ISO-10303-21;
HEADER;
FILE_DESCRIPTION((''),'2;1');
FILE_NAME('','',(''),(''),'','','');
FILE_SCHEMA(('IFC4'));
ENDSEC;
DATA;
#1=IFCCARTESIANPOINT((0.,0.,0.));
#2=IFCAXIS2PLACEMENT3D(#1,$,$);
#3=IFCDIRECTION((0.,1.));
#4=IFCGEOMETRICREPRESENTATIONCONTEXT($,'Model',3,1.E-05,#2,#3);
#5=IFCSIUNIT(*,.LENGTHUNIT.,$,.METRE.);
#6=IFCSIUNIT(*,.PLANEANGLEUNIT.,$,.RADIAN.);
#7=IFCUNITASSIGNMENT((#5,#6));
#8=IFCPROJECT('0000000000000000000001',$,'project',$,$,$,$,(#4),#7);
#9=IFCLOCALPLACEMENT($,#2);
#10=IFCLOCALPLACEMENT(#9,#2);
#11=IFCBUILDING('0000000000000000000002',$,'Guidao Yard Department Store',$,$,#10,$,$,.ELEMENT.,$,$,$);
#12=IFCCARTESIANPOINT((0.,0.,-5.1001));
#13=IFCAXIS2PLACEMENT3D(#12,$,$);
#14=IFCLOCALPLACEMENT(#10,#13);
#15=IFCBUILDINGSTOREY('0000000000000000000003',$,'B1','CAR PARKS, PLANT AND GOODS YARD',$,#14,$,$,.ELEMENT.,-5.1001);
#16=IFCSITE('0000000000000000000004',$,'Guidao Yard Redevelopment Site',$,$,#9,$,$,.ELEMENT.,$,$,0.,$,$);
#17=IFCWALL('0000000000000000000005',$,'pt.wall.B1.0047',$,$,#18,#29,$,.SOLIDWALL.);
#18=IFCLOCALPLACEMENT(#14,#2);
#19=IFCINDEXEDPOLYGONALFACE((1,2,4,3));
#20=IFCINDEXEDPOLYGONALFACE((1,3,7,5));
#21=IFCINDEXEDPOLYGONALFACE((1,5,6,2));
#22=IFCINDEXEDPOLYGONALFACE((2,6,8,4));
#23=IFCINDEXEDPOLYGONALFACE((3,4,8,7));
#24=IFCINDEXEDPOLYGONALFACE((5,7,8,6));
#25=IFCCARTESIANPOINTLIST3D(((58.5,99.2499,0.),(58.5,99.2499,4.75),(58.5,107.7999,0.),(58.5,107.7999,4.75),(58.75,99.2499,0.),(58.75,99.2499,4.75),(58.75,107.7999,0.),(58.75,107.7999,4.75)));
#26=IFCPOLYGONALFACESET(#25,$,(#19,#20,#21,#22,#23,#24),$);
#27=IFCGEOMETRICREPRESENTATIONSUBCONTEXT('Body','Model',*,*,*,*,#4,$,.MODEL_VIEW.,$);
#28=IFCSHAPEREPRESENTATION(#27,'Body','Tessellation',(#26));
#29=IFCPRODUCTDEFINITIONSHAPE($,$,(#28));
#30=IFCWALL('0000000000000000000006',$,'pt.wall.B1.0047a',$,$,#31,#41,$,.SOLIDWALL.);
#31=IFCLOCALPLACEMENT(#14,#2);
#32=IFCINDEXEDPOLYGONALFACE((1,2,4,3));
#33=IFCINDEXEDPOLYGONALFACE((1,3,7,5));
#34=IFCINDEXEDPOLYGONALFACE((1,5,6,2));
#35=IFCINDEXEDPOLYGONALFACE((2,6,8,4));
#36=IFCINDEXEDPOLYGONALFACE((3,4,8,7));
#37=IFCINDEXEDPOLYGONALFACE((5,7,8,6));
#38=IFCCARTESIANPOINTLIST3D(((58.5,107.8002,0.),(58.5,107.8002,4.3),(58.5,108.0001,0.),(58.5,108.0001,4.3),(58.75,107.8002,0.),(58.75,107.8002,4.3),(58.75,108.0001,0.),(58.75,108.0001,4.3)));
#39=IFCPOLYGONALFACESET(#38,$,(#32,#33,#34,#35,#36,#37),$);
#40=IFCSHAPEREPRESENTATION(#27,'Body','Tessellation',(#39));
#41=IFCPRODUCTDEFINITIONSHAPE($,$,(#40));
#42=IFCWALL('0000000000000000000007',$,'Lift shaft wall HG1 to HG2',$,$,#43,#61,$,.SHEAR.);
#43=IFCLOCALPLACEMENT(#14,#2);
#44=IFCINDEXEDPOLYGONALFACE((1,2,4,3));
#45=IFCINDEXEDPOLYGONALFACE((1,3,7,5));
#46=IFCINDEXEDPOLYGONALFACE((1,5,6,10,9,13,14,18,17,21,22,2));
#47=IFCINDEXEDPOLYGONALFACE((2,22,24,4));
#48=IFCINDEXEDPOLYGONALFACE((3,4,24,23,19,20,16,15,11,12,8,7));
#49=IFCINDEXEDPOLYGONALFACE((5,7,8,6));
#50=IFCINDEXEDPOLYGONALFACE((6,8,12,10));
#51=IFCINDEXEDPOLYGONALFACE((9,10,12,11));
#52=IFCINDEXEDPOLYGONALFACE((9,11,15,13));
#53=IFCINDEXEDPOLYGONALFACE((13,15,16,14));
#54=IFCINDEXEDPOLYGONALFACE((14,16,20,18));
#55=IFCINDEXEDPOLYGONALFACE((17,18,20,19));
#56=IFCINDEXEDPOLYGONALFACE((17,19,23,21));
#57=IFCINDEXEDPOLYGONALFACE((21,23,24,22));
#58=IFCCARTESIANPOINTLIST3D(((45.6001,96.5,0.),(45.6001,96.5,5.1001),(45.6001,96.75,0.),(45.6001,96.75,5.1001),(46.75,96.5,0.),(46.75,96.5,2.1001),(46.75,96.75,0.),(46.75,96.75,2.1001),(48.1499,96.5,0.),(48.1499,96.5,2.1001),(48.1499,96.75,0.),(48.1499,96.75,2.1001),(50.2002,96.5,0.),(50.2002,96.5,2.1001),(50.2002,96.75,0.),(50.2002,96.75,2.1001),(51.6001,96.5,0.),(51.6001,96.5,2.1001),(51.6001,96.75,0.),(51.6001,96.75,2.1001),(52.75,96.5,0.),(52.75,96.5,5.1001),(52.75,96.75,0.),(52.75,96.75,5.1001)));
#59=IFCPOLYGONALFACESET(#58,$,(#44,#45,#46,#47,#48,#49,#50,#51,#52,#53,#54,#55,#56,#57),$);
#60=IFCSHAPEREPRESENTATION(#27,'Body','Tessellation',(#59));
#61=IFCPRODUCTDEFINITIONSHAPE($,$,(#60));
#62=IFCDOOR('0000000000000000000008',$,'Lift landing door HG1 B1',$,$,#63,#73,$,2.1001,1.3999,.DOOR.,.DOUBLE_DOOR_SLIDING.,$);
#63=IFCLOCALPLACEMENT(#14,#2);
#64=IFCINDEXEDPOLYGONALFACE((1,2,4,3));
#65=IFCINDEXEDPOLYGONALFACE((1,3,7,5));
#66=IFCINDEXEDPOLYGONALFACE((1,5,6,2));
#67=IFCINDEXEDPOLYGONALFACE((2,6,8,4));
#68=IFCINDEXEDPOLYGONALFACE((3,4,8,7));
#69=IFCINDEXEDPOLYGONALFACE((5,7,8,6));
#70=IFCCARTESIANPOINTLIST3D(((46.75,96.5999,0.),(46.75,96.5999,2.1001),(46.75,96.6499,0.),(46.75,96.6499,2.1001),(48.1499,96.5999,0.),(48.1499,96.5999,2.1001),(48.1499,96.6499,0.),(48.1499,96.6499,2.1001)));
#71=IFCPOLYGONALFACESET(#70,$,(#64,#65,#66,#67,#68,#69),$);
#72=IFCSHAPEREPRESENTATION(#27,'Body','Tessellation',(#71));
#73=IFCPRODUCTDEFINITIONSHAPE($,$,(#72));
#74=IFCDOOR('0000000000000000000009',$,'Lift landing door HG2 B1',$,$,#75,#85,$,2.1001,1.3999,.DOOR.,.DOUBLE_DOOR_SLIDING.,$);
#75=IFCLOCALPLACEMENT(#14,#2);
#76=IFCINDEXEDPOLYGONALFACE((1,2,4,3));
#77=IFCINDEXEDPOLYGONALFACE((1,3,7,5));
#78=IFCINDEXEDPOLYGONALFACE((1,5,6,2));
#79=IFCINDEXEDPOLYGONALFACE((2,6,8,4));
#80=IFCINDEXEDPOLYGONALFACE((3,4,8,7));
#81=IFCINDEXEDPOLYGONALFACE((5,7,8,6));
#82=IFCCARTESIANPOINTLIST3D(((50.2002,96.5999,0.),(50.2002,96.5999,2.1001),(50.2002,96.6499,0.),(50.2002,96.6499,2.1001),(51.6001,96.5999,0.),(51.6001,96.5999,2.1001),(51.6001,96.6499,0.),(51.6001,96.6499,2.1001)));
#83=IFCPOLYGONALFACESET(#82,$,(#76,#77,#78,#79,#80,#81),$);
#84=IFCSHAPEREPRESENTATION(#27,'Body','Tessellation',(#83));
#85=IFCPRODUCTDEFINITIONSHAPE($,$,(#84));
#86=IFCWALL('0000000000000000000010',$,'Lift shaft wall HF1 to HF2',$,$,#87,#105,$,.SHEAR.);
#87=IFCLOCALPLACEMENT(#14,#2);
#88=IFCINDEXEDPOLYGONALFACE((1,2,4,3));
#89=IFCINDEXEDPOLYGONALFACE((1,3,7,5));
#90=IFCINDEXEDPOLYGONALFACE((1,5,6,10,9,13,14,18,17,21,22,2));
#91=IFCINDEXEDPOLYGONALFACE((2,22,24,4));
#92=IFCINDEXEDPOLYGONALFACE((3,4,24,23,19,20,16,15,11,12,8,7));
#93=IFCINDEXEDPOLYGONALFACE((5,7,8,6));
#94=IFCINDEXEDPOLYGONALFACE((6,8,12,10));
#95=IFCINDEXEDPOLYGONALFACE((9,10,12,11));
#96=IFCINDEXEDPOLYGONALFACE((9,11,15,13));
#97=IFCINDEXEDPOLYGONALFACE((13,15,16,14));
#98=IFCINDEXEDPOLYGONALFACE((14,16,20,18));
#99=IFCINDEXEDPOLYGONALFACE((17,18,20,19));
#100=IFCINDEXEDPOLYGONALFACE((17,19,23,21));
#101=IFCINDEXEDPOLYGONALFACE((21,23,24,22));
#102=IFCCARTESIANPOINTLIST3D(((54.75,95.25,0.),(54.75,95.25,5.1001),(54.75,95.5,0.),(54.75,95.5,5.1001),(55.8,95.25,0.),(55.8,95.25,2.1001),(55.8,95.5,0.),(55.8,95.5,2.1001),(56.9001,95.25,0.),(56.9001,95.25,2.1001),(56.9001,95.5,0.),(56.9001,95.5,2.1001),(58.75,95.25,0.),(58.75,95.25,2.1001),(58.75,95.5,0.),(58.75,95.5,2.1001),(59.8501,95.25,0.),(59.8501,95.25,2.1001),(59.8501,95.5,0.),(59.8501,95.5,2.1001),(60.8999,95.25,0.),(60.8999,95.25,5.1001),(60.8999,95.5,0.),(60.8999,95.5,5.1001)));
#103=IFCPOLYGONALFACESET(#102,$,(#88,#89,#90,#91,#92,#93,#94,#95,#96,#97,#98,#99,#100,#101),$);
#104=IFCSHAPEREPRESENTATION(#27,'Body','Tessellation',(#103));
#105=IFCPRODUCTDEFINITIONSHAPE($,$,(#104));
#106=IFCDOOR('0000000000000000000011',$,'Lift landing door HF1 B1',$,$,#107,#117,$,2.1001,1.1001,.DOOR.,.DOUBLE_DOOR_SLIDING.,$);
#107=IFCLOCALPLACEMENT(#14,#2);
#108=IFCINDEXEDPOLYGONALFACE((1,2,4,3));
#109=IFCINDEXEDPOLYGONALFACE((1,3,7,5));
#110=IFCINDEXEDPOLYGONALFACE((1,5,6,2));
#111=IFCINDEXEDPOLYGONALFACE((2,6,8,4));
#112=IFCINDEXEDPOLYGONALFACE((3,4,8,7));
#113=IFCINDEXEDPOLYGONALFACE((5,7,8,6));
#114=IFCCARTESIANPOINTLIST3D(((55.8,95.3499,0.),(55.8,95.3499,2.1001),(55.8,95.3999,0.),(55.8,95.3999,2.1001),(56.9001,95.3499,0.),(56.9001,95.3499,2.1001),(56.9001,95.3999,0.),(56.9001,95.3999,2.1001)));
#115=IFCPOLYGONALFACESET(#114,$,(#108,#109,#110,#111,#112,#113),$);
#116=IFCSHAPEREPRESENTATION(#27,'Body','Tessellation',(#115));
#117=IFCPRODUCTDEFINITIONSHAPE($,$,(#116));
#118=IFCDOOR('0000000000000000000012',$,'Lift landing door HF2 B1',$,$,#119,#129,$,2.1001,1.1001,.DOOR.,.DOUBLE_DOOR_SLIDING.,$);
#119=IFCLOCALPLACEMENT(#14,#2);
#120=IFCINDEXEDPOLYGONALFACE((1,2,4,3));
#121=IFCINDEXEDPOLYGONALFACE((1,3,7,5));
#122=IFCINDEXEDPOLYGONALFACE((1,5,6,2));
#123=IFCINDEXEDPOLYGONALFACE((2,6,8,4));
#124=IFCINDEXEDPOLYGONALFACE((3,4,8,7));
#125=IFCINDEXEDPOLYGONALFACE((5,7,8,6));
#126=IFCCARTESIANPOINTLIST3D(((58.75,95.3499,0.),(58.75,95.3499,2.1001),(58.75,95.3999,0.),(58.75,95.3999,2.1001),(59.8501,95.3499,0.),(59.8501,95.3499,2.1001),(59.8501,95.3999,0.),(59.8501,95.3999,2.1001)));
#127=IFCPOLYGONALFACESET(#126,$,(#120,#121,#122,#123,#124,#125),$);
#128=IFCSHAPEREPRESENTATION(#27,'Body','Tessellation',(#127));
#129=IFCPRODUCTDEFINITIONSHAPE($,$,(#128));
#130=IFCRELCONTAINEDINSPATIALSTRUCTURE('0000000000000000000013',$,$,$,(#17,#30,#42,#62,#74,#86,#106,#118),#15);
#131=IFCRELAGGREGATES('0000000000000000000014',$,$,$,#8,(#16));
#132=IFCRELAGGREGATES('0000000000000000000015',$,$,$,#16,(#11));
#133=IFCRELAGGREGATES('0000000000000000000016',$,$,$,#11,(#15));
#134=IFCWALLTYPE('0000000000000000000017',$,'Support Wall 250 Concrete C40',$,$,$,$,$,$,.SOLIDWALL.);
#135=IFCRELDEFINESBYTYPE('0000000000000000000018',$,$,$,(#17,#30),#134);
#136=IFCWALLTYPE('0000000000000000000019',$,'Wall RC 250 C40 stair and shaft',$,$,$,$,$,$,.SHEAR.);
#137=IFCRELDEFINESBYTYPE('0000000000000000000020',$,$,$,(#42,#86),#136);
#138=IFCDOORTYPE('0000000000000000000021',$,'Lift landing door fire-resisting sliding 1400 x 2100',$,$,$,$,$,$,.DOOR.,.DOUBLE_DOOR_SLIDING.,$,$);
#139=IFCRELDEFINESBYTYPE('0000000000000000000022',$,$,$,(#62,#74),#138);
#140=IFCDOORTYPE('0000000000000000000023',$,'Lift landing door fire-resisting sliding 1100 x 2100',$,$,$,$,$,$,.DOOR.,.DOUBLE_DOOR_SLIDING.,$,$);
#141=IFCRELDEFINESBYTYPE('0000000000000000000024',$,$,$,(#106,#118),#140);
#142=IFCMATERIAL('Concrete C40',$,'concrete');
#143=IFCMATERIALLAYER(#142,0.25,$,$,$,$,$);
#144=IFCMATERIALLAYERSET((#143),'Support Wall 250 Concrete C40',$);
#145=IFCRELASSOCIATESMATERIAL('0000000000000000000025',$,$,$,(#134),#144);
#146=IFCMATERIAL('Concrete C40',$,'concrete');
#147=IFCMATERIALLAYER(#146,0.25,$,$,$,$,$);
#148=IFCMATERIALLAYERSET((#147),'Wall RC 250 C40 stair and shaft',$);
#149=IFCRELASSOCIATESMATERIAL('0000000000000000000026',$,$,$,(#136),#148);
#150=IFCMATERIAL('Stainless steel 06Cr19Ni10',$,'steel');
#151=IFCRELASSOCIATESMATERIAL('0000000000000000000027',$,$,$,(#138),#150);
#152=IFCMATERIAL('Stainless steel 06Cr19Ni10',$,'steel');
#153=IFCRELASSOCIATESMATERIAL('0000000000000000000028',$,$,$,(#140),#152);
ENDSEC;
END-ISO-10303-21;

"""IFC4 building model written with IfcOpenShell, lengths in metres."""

from ifc_helpers import new_model, si_unit, direction, frame, frame_2d, origin, place, context, subcontext, project, spatial, rectangle, extrude, material, layer, layer_set, type_object, element, fill, save


model = new_model("IFC4")

# Units and contexts
model_context = context("Model", 3, precision=1e-05, world=origin(), true_north=direction((0.0, 1.0)))
body_context = subcontext(model_context, "Body", "Model", "MODEL_VIEW")
ifc_project = project(units=[si_unit("LENGTHUNIT", "METRE"), si_unit("PLANEANGLEUNIT", "RADIAN")], contexts=[model_context])

# Site, building, storey
site_placement = place(None, origin())
site = spatial("IfcSite", under=ifc_project, at=site_placement, Name="Guidao Yard Redevelopment Site", CompositionType="ELEMENT", RefElevation=0.0)
building_placement = place(site_placement, origin())
building = spatial("IfcBuilding", under=site, at=building_placement, Name="Guidao Yard Department Store", CompositionType="ELEMENT")
storey_placement = place(building_placement, frame((0.0, 0.0, -5.1001)))
storey = spatial("IfcBuildingStorey", under=building, at=storey_placement, Name="B1", Description="CAR PARKS, PLANT AND GOODS YARD", CompositionType="ELEMENT", Elevation=-5.1001)

# Walls
ifc_material_1 = material(Name="Concrete C40", Category="concrete")
ifc_layer_1 = layer(ifc_material_1, 0.25)
ifc_layer_set_1 = layer_set([ifc_layer_1], Name="Support Wall 250 Concrete C40")
wall_type_1 = type_object("IfcWallType", Name="Support Wall 250 Concrete C40", PredefinedType="SOLIDWALL", material=ifc_layer_set_1)
wall_1_placement = place(storey_placement, frame((58.625, 99.25, 0.0), z_axis=(0.0, 0.0, 1.0), x_axis=(0.0, 1.0, 0.0)))
element("IfcWall", 1, at=wall_1_placement, inside=storey, type_object=wall_type_1, Name="pt.wall.B1.0047", PredefinedType="SOLIDWALL", context=body_context, shape_type="SweptSolid", body=[
    extrude(rectangle(XDim=8.55, YDim=0.25, at=frame_2d((4.2749, 0.0))), origin(), (0.0, 0.0, 1.0), 4.75),
])
wall_2_placement = place(storey_placement, frame((58.625, 107.8, 0.0), z_axis=(0.0, 0.0, 1.0), x_axis=(0.0, 1.0, 0.0)))
element("IfcWall", 2, at=wall_2_placement, inside=storey, type_object=wall_type_1, Name="pt.wall.B1.0047a", PredefinedType="SOLIDWALL", context=body_context, shape_type="SweptSolid", body=[
    extrude(rectangle(XDim=0.2, YDim=0.25, at=frame_2d((0.1001, 0.0))), origin(), (0.0, 0.0, 1.0), 4.3),
])

# Walls, openings, doors
ifc_material_2 = material(Name="Concrete C40", Category="concrete")
ifc_layer_2 = layer(ifc_material_2, 0.25)
ifc_layer_set_2 = layer_set([ifc_layer_2], Name="Wall RC 250 C40 stair and shaft")
wall_type_2 = type_object("IfcWallType", Name="Wall RC 250 C40 stair and shaft", PredefinedType="SHEAR", material=ifc_layer_set_2)
wall_3_placement = place(storey_placement, frame((45.6001, 96.625, 0.0), z_axis=(0.0, 0.0, 1.0), x_axis=(1.0, 0.0, 0.0)))
wall_3 = element("IfcWall", 3, at=wall_3_placement, inside=storey, type_object=wall_type_2, Name="Lift shaft wall HG1 to HG2", PredefinedType="SHEAR", context=body_context, shape_type="SweptSolid", body=[
    extrude(rectangle(XDim=7.1499, YDim=0.25, at=frame_2d((3.575, 0.0))), origin(), (0.0, 0.0, 1.0), 5.1001),
])
opening_1_placement = place(wall_3_placement, frame((1.1499, 0.0, 0.0)))
opening_1 = element("IfcOpeningElement", 4, at=opening_1_placement, cuts=wall_3, PredefinedType="OPENING", context=body_context, shape_type="SweptSolid", body=[
    extrude(rectangle(XDim=1.3999, YDim=2.1001, at=frame_2d((0.7, 1.05))), frame((0.0, 0.135, 0.0), z_axis=(0.0, -1.0, 0.0), x_axis=(1.0, 0.0, 0.0)), (0.0, 0.0, 1.0), 0.27),
])
opening_2_placement = place(wall_3_placement, frame((4.6001, 0.0, 0.0)))
opening_2 = element("IfcOpeningElement", 5, at=opening_2_placement, cuts=wall_3, PredefinedType="OPENING", context=body_context, shape_type="SweptSolid", body=[
    extrude(rectangle(XDim=1.3999, YDim=2.1001, at=frame_2d((0.7, 1.05))), frame((0.0, 0.135, 0.0), z_axis=(0.0, -1.0, 0.0), x_axis=(1.0, 0.0, 0.0)), (0.0, 0.0, 1.0), 0.27),
])
ifc_material_3 = material(Name="Stainless steel 06Cr19Ni10", Category="steel")
door_type_1 = type_object("IfcDoorType", Name="Lift landing door fire-resisting sliding 1400 x 2100", OperationType="DOUBLE_DOOR_SLIDING", PredefinedType="DOOR", material=ifc_material_3)
door_1_placement = place(opening_1_placement, origin())
door_1 = element("IfcDoor", 6, at=door_1_placement, inside=storey, type_object=door_type_1, Name="Lift landing door HG1 B1", OperationType="DOUBLE_DOOR_SLIDING", OverallHeight=2.1001, OverallWidth=1.3999, PredefinedType="DOOR", context=body_context, shape_type="SweptSolid", body=[
    extrude(rectangle(XDim=1.3999, YDim=2.1001, at=frame_2d((0.7, 1.05))), frame((0.0, 0.0249, 0.0), z_axis=(0.0, -1.0, 0.0), x_axis=(1.0, 0.0, 0.0)), (0.0, 0.0, 1.0), 0.05),
])
fill(opening_1, door_1)
door_2_placement = place(opening_2_placement, origin())
door_2 = element("IfcDoor", 7, at=door_2_placement, inside=storey, type_object=door_type_1, Name="Lift landing door HG2 B1", OperationType="DOUBLE_DOOR_SLIDING", OverallHeight=2.1001, OverallWidth=1.3999, PredefinedType="DOOR", context=body_context, shape_type="SweptSolid", body=[
    extrude(rectangle(XDim=1.3999, YDim=2.1001, at=frame_2d((0.7, 1.05))), frame((0.0, 0.0249, 0.0), z_axis=(0.0, -1.0, 0.0), x_axis=(1.0, 0.0, 0.0)), (0.0, 0.0, 1.0), 0.05),
])
fill(opening_2, door_2)
wall_4_placement = place(storey_placement, frame((54.75, 95.375, 0.0), z_axis=(0.0, 0.0, 1.0), x_axis=(1.0, 0.0, 0.0)))
wall_4 = element("IfcWall", 8, at=wall_4_placement, inside=storey, type_object=wall_type_2, Name="Lift shaft wall HF1 to HF2", PredefinedType="SHEAR", context=body_context, shape_type="SweptSolid", body=[
    extrude(rectangle(XDim=6.1499, YDim=0.25, at=frame_2d((3.075, 0.0))), origin(), (0.0, 0.0, 1.0), 5.1001),
])
opening_3_placement = place(wall_4_placement, frame((1.05, 0.0, 0.0)))
opening_3 = element("IfcOpeningElement", 9, at=opening_3_placement, cuts=wall_4, PredefinedType="OPENING", context=body_context, shape_type="SweptSolid", body=[
    extrude(rectangle(XDim=1.1001, YDim=2.1001, at=frame_2d((0.55, 1.05))), frame((0.0, 0.135, 0.0), z_axis=(0.0, -1.0, 0.0), x_axis=(1.0, 0.0, 0.0)), (0.0, 0.0, 1.0), 0.27),
])
opening_4_placement = place(wall_4_placement, frame((4.0, 0.0, 0.0)))
opening_4 = element("IfcOpeningElement", 10, at=opening_4_placement, cuts=wall_4, PredefinedType="OPENING", context=body_context, shape_type="SweptSolid", body=[
    extrude(rectangle(XDim=1.1001, YDim=2.1001, at=frame_2d((0.55, 1.05))), frame((0.0, 0.135, 0.0), z_axis=(0.0, -1.0, 0.0), x_axis=(1.0, 0.0, 0.0)), (0.0, 0.0, 1.0), 0.27),
])
ifc_material_4 = material(Name="Stainless steel 06Cr19Ni10", Category="steel")
door_type_2 = type_object("IfcDoorType", Name="Lift landing door fire-resisting sliding 1100 x 2100", OperationType="DOUBLE_DOOR_SLIDING", PredefinedType="DOOR", material=ifc_material_4)
door_3_placement = place(opening_3_placement, origin())
door_3 = element("IfcDoor", 11, at=door_3_placement, inside=storey, type_object=door_type_2, Name="Lift landing door HF1 B1", OperationType="DOUBLE_DOOR_SLIDING", OverallHeight=2.1001, OverallWidth=1.1001, PredefinedType="DOOR", context=body_context, shape_type="SweptSolid", body=[
    extrude(rectangle(XDim=1.1001, YDim=2.1001, at=frame_2d((0.55, 1.05))), frame((0.0, 0.0249, 0.0), z_axis=(0.0, -1.0, 0.0), x_axis=(1.0, 0.0, 0.0)), (0.0, 0.0, 1.0), 0.05),
])
fill(opening_3, door_3)
door_4_placement = place(opening_4_placement, origin())
door_4 = element("IfcDoor", 12, at=door_4_placement, inside=storey, type_object=door_type_2, Name="Lift landing door HF2 B1", OperationType="DOUBLE_DOOR_SLIDING", OverallHeight=2.1001, OverallWidth=1.1001, PredefinedType="DOOR", context=body_context, shape_type="SweptSolid", body=[
    extrude(rectangle(XDim=1.1001, YDim=2.1001, at=frame_2d((0.55, 1.05))), frame((0.0, 0.0249, 0.0), z_axis=(0.0, -1.0, 0.0), x_axis=(1.0, 0.0, 0.0)), (0.0, 0.0, 1.0), 0.05),
])
fill(opening_4, door_4)

save(model, "model.ifc")
